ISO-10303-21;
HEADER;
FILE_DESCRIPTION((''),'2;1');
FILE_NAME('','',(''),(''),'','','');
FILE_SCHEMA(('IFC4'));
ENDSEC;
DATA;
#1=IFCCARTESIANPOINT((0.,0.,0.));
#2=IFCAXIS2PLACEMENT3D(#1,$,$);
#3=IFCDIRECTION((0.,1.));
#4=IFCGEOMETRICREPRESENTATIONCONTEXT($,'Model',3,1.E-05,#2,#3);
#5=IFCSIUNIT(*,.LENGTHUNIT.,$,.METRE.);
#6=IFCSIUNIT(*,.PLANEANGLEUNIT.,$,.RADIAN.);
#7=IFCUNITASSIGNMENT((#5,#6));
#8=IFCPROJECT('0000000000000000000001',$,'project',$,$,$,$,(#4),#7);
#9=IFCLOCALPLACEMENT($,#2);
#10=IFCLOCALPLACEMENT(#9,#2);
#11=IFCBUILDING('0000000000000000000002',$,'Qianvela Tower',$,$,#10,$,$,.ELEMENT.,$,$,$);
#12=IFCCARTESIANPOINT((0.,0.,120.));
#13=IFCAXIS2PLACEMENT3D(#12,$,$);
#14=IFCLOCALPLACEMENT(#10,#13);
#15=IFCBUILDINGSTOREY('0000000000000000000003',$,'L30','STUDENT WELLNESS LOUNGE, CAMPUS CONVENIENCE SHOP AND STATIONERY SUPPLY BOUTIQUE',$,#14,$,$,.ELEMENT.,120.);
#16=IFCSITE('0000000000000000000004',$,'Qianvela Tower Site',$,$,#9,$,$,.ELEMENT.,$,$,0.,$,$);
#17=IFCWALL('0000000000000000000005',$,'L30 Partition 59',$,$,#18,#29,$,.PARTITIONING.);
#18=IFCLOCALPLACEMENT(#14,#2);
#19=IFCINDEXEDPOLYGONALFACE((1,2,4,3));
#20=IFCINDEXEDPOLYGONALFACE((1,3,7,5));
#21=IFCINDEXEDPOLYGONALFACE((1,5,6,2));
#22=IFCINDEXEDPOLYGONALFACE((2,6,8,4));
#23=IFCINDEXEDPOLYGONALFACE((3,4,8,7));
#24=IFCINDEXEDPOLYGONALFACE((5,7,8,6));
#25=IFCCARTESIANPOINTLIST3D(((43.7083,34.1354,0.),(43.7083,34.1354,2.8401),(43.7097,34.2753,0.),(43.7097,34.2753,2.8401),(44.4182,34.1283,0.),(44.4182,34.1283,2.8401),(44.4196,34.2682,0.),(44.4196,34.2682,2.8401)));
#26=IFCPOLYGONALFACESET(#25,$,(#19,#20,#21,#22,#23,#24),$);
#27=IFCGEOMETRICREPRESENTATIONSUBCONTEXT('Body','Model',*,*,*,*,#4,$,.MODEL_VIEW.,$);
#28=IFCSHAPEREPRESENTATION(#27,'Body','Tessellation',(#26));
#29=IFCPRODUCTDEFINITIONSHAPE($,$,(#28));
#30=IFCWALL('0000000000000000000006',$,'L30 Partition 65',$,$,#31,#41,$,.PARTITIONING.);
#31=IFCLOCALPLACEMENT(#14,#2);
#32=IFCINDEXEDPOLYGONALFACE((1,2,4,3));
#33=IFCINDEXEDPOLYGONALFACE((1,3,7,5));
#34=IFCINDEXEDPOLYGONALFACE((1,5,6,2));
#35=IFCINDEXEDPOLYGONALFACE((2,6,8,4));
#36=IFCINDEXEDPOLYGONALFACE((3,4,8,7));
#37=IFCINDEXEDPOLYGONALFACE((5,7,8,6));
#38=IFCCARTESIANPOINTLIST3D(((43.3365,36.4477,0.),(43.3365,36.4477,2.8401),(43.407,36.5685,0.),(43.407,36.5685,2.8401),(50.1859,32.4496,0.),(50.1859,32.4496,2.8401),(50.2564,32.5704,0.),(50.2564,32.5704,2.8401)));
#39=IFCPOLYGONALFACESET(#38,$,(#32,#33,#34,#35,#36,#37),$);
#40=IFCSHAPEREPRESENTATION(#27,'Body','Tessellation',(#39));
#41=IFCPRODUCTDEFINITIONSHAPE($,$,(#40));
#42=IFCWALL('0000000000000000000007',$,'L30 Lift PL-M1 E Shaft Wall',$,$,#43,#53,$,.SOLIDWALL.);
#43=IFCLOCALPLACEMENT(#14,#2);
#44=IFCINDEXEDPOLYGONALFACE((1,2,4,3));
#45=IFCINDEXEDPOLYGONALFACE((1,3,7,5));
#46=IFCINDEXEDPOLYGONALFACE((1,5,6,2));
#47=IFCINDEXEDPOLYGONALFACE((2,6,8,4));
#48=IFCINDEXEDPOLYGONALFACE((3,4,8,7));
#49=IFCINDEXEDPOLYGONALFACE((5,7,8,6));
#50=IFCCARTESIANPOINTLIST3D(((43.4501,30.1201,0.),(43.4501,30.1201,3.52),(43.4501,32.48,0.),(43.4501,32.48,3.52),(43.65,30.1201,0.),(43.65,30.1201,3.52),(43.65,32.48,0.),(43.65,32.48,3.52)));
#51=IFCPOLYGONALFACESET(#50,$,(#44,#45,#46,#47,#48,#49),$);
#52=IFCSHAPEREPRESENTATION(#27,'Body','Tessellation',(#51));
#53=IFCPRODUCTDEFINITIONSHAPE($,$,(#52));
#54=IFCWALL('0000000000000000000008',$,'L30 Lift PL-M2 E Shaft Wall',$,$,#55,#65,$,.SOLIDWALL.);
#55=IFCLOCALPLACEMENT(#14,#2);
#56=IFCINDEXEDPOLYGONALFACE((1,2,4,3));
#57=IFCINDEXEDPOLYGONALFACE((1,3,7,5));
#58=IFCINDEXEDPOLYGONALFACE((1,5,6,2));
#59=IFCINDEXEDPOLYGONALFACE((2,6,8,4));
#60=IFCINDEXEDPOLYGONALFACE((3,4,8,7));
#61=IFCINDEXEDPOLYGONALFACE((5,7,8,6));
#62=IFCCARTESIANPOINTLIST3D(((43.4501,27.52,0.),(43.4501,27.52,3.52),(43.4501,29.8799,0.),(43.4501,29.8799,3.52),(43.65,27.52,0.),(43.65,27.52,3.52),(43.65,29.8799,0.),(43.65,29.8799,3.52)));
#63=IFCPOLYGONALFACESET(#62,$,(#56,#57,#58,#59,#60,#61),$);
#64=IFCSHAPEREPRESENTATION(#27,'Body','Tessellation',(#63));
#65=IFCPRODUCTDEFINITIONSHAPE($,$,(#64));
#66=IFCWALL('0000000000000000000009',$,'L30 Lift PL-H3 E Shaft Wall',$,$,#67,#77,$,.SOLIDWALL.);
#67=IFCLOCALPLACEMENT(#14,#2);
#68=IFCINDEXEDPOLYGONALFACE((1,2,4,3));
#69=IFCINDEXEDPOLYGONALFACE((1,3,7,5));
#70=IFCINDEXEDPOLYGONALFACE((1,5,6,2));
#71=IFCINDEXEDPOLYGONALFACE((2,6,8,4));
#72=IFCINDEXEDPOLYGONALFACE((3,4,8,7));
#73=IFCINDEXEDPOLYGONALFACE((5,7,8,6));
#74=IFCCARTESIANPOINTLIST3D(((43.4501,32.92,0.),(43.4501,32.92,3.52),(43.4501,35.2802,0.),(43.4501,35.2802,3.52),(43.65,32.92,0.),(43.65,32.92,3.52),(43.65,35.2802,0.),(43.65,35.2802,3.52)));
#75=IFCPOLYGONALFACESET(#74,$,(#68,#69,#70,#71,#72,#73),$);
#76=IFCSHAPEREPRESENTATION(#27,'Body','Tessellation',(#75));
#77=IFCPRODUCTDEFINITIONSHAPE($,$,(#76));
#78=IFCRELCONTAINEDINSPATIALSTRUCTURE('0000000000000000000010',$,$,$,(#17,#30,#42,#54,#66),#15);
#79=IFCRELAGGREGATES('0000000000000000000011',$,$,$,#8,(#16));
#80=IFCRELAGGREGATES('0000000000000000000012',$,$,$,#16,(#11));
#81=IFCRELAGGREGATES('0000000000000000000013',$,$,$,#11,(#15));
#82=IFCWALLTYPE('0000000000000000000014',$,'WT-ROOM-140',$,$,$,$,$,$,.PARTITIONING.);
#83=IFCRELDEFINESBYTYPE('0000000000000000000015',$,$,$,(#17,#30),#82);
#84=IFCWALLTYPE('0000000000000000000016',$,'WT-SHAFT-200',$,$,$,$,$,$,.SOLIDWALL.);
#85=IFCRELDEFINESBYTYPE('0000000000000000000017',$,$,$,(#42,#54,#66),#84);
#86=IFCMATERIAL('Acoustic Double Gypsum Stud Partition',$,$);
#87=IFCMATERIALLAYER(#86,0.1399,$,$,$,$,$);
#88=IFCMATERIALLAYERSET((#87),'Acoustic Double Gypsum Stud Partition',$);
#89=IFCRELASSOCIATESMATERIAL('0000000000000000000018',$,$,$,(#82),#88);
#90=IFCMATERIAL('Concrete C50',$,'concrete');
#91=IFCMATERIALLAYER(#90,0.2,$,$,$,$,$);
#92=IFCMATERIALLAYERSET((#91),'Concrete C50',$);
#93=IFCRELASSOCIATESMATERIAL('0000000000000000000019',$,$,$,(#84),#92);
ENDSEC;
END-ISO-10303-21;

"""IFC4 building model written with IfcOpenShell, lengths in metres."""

from ifc_helpers import new_model, si_unit, direction, frame, frame_2d, origin, place, context, subcontext, project, spatial, rectangle, extrude, material, layer, layer_set, type_object, element, save


model = new_model("IFC4")

# Units and contexts
model_context = context("Model", 3, precision=1e-05, world=origin(), true_north=direction((0.0, 1.0)))
body_context = subcontext(model_context, "Body", "Model", "MODEL_VIEW")
ifc_project = project(units=[si_unit("LENGTHUNIT", "METRE"), si_unit("PLANEANGLEUNIT", "RADIAN")], contexts=[model_context])

# Site, building, storey
site_placement = place(None, origin())
site = spatial("IfcSite", under=ifc_project, at=site_placement, Name="Qianvela Tower Site", CompositionType="ELEMENT", RefElevation=0.0)
building_placement = place(site_placement, origin())
building = spatial("IfcBuilding", under=site, at=building_placement, Name="Qianvela Tower", CompositionType="ELEMENT")
storey_placement = place(building_placement, frame((0.0, 0.0, 120.0)))
storey = spatial("IfcBuildingStorey", under=building, at=storey_placement, Name="L30", Description="STUDENT WELLNESS LOUNGE, CAMPUS CONVENIENCE SHOP AND STATIONERY SUPPLY BOUTIQUE", CompositionType="ELEMENT", Elevation=120.0)

# Walls
ifc_material_1 = material(Name="Acoustic Double Gypsum Stud Partition")
ifc_layer_1 = layer(ifc_material_1, 0.1399)
ifc_layer_set_1 = layer_set([ifc_layer_1], Name="Acoustic Double Gypsum Stud Partition")
wall_type_1 = type_object("IfcWallType", Name="WT-ROOM-140", PredefinedType="PARTITIONING", material=ifc_layer_set_1)
wall_1_placement = place(storey_placement, frame((43.709, 34.2053, 0.0), z_axis=(0.0, 0.0, 1.0), x_axis=(0.99995, -0.009972, 0.0)))
element("IfcWall", 1, at=wall_1_placement, inside=storey, type_object=wall_type_1, Name="L30 Partition 59", PredefinedType="PARTITIONING", context=body_context, shape_type="SweptSolid", body=[
    extrude(rectangle(XDim=0.71, YDim=0.1399, at=frame_2d((0.355, 0.0))), origin(), (0.0, 0.0, 1.0), 2.8401),
])
wall_2_placement = place(storey_placement, frame((43.3718, 36.5081, 0.0), z_axis=(0.0, 0.0, 1.0), x_axis=(0.863637, -0.504114, 0.0)))
element("IfcWall", 2, at=wall_2_placement, inside=storey, type_object=wall_type_1, Name="L30 Partition 65", PredefinedType="PARTITIONING", context=body_context, shape_type="SweptSolid", body=[
    extrude(rectangle(XDim=7.9309, YDim=0.1399, at=frame_2d((3.9653, 0.0))), origin(), (0.0, 0.0, 1.0), 2.8401),
])
ifc_material_2 = material(Name="Concrete C50", Category="concrete")
ifc_layer_2 = layer(ifc_material_2, 0.2)
ifc_layer_set_2 = layer_set([ifc_layer_2], Name="Concrete C50")
wall_type_2 = type_object("IfcWallType", Name="WT-SHAFT-200", PredefinedType="SOLIDWALL", material=ifc_layer_set_2)
for number, where, z_axis, x_axis, name in (
    (3, (43.55, 30.1201, 0.0), (0.0, 0.0, 1.0), (0.0, 1.0, 0.0), "L30 Lift PL-M1 E Shaft Wall"),
    (4, (43.55, 27.52, 0.0), (0.0, 0.0, 1.0), (0.0, 1.0, 0.0), "L30 Lift PL-M2 E Shaft Wall"),
):
    element("IfcWall", number, at=place(storey_placement, frame(where, z_axis=z_axis, x_axis=x_axis)), inside=storey, type_object=wall_type_2, Name=name, PredefinedType="SOLIDWALL", context=body_context, shape_type="SweptSolid", body=[
        extrude(rectangle(XDim=2.3599, YDim=0.2, at=frame_2d((1.1799, 0.0))), origin(), (0.0, 0.0, 1.0), 3.52),
    ])
wall_3_placement = place(storey_placement, frame((43.55, 32.9199, 0.0), z_axis=(0.0, 0.0, 1.0), x_axis=(0.0, 1.0, 0.0)))
element("IfcWall", 5, at=wall_3_placement, inside=storey, type_object=wall_type_2, Name="L30 Lift PL-H3 E Shaft Wall", PredefinedType="SOLIDWALL", context=body_context, shape_type="SweptSolid", body=[
    extrude(rectangle(XDim=2.3601, YDim=0.2, at=frame_2d((1.1802, 0.0))), origin(), (0.0, 0.0, 1.0), 3.52),
])

save(model, "model.ifc")
